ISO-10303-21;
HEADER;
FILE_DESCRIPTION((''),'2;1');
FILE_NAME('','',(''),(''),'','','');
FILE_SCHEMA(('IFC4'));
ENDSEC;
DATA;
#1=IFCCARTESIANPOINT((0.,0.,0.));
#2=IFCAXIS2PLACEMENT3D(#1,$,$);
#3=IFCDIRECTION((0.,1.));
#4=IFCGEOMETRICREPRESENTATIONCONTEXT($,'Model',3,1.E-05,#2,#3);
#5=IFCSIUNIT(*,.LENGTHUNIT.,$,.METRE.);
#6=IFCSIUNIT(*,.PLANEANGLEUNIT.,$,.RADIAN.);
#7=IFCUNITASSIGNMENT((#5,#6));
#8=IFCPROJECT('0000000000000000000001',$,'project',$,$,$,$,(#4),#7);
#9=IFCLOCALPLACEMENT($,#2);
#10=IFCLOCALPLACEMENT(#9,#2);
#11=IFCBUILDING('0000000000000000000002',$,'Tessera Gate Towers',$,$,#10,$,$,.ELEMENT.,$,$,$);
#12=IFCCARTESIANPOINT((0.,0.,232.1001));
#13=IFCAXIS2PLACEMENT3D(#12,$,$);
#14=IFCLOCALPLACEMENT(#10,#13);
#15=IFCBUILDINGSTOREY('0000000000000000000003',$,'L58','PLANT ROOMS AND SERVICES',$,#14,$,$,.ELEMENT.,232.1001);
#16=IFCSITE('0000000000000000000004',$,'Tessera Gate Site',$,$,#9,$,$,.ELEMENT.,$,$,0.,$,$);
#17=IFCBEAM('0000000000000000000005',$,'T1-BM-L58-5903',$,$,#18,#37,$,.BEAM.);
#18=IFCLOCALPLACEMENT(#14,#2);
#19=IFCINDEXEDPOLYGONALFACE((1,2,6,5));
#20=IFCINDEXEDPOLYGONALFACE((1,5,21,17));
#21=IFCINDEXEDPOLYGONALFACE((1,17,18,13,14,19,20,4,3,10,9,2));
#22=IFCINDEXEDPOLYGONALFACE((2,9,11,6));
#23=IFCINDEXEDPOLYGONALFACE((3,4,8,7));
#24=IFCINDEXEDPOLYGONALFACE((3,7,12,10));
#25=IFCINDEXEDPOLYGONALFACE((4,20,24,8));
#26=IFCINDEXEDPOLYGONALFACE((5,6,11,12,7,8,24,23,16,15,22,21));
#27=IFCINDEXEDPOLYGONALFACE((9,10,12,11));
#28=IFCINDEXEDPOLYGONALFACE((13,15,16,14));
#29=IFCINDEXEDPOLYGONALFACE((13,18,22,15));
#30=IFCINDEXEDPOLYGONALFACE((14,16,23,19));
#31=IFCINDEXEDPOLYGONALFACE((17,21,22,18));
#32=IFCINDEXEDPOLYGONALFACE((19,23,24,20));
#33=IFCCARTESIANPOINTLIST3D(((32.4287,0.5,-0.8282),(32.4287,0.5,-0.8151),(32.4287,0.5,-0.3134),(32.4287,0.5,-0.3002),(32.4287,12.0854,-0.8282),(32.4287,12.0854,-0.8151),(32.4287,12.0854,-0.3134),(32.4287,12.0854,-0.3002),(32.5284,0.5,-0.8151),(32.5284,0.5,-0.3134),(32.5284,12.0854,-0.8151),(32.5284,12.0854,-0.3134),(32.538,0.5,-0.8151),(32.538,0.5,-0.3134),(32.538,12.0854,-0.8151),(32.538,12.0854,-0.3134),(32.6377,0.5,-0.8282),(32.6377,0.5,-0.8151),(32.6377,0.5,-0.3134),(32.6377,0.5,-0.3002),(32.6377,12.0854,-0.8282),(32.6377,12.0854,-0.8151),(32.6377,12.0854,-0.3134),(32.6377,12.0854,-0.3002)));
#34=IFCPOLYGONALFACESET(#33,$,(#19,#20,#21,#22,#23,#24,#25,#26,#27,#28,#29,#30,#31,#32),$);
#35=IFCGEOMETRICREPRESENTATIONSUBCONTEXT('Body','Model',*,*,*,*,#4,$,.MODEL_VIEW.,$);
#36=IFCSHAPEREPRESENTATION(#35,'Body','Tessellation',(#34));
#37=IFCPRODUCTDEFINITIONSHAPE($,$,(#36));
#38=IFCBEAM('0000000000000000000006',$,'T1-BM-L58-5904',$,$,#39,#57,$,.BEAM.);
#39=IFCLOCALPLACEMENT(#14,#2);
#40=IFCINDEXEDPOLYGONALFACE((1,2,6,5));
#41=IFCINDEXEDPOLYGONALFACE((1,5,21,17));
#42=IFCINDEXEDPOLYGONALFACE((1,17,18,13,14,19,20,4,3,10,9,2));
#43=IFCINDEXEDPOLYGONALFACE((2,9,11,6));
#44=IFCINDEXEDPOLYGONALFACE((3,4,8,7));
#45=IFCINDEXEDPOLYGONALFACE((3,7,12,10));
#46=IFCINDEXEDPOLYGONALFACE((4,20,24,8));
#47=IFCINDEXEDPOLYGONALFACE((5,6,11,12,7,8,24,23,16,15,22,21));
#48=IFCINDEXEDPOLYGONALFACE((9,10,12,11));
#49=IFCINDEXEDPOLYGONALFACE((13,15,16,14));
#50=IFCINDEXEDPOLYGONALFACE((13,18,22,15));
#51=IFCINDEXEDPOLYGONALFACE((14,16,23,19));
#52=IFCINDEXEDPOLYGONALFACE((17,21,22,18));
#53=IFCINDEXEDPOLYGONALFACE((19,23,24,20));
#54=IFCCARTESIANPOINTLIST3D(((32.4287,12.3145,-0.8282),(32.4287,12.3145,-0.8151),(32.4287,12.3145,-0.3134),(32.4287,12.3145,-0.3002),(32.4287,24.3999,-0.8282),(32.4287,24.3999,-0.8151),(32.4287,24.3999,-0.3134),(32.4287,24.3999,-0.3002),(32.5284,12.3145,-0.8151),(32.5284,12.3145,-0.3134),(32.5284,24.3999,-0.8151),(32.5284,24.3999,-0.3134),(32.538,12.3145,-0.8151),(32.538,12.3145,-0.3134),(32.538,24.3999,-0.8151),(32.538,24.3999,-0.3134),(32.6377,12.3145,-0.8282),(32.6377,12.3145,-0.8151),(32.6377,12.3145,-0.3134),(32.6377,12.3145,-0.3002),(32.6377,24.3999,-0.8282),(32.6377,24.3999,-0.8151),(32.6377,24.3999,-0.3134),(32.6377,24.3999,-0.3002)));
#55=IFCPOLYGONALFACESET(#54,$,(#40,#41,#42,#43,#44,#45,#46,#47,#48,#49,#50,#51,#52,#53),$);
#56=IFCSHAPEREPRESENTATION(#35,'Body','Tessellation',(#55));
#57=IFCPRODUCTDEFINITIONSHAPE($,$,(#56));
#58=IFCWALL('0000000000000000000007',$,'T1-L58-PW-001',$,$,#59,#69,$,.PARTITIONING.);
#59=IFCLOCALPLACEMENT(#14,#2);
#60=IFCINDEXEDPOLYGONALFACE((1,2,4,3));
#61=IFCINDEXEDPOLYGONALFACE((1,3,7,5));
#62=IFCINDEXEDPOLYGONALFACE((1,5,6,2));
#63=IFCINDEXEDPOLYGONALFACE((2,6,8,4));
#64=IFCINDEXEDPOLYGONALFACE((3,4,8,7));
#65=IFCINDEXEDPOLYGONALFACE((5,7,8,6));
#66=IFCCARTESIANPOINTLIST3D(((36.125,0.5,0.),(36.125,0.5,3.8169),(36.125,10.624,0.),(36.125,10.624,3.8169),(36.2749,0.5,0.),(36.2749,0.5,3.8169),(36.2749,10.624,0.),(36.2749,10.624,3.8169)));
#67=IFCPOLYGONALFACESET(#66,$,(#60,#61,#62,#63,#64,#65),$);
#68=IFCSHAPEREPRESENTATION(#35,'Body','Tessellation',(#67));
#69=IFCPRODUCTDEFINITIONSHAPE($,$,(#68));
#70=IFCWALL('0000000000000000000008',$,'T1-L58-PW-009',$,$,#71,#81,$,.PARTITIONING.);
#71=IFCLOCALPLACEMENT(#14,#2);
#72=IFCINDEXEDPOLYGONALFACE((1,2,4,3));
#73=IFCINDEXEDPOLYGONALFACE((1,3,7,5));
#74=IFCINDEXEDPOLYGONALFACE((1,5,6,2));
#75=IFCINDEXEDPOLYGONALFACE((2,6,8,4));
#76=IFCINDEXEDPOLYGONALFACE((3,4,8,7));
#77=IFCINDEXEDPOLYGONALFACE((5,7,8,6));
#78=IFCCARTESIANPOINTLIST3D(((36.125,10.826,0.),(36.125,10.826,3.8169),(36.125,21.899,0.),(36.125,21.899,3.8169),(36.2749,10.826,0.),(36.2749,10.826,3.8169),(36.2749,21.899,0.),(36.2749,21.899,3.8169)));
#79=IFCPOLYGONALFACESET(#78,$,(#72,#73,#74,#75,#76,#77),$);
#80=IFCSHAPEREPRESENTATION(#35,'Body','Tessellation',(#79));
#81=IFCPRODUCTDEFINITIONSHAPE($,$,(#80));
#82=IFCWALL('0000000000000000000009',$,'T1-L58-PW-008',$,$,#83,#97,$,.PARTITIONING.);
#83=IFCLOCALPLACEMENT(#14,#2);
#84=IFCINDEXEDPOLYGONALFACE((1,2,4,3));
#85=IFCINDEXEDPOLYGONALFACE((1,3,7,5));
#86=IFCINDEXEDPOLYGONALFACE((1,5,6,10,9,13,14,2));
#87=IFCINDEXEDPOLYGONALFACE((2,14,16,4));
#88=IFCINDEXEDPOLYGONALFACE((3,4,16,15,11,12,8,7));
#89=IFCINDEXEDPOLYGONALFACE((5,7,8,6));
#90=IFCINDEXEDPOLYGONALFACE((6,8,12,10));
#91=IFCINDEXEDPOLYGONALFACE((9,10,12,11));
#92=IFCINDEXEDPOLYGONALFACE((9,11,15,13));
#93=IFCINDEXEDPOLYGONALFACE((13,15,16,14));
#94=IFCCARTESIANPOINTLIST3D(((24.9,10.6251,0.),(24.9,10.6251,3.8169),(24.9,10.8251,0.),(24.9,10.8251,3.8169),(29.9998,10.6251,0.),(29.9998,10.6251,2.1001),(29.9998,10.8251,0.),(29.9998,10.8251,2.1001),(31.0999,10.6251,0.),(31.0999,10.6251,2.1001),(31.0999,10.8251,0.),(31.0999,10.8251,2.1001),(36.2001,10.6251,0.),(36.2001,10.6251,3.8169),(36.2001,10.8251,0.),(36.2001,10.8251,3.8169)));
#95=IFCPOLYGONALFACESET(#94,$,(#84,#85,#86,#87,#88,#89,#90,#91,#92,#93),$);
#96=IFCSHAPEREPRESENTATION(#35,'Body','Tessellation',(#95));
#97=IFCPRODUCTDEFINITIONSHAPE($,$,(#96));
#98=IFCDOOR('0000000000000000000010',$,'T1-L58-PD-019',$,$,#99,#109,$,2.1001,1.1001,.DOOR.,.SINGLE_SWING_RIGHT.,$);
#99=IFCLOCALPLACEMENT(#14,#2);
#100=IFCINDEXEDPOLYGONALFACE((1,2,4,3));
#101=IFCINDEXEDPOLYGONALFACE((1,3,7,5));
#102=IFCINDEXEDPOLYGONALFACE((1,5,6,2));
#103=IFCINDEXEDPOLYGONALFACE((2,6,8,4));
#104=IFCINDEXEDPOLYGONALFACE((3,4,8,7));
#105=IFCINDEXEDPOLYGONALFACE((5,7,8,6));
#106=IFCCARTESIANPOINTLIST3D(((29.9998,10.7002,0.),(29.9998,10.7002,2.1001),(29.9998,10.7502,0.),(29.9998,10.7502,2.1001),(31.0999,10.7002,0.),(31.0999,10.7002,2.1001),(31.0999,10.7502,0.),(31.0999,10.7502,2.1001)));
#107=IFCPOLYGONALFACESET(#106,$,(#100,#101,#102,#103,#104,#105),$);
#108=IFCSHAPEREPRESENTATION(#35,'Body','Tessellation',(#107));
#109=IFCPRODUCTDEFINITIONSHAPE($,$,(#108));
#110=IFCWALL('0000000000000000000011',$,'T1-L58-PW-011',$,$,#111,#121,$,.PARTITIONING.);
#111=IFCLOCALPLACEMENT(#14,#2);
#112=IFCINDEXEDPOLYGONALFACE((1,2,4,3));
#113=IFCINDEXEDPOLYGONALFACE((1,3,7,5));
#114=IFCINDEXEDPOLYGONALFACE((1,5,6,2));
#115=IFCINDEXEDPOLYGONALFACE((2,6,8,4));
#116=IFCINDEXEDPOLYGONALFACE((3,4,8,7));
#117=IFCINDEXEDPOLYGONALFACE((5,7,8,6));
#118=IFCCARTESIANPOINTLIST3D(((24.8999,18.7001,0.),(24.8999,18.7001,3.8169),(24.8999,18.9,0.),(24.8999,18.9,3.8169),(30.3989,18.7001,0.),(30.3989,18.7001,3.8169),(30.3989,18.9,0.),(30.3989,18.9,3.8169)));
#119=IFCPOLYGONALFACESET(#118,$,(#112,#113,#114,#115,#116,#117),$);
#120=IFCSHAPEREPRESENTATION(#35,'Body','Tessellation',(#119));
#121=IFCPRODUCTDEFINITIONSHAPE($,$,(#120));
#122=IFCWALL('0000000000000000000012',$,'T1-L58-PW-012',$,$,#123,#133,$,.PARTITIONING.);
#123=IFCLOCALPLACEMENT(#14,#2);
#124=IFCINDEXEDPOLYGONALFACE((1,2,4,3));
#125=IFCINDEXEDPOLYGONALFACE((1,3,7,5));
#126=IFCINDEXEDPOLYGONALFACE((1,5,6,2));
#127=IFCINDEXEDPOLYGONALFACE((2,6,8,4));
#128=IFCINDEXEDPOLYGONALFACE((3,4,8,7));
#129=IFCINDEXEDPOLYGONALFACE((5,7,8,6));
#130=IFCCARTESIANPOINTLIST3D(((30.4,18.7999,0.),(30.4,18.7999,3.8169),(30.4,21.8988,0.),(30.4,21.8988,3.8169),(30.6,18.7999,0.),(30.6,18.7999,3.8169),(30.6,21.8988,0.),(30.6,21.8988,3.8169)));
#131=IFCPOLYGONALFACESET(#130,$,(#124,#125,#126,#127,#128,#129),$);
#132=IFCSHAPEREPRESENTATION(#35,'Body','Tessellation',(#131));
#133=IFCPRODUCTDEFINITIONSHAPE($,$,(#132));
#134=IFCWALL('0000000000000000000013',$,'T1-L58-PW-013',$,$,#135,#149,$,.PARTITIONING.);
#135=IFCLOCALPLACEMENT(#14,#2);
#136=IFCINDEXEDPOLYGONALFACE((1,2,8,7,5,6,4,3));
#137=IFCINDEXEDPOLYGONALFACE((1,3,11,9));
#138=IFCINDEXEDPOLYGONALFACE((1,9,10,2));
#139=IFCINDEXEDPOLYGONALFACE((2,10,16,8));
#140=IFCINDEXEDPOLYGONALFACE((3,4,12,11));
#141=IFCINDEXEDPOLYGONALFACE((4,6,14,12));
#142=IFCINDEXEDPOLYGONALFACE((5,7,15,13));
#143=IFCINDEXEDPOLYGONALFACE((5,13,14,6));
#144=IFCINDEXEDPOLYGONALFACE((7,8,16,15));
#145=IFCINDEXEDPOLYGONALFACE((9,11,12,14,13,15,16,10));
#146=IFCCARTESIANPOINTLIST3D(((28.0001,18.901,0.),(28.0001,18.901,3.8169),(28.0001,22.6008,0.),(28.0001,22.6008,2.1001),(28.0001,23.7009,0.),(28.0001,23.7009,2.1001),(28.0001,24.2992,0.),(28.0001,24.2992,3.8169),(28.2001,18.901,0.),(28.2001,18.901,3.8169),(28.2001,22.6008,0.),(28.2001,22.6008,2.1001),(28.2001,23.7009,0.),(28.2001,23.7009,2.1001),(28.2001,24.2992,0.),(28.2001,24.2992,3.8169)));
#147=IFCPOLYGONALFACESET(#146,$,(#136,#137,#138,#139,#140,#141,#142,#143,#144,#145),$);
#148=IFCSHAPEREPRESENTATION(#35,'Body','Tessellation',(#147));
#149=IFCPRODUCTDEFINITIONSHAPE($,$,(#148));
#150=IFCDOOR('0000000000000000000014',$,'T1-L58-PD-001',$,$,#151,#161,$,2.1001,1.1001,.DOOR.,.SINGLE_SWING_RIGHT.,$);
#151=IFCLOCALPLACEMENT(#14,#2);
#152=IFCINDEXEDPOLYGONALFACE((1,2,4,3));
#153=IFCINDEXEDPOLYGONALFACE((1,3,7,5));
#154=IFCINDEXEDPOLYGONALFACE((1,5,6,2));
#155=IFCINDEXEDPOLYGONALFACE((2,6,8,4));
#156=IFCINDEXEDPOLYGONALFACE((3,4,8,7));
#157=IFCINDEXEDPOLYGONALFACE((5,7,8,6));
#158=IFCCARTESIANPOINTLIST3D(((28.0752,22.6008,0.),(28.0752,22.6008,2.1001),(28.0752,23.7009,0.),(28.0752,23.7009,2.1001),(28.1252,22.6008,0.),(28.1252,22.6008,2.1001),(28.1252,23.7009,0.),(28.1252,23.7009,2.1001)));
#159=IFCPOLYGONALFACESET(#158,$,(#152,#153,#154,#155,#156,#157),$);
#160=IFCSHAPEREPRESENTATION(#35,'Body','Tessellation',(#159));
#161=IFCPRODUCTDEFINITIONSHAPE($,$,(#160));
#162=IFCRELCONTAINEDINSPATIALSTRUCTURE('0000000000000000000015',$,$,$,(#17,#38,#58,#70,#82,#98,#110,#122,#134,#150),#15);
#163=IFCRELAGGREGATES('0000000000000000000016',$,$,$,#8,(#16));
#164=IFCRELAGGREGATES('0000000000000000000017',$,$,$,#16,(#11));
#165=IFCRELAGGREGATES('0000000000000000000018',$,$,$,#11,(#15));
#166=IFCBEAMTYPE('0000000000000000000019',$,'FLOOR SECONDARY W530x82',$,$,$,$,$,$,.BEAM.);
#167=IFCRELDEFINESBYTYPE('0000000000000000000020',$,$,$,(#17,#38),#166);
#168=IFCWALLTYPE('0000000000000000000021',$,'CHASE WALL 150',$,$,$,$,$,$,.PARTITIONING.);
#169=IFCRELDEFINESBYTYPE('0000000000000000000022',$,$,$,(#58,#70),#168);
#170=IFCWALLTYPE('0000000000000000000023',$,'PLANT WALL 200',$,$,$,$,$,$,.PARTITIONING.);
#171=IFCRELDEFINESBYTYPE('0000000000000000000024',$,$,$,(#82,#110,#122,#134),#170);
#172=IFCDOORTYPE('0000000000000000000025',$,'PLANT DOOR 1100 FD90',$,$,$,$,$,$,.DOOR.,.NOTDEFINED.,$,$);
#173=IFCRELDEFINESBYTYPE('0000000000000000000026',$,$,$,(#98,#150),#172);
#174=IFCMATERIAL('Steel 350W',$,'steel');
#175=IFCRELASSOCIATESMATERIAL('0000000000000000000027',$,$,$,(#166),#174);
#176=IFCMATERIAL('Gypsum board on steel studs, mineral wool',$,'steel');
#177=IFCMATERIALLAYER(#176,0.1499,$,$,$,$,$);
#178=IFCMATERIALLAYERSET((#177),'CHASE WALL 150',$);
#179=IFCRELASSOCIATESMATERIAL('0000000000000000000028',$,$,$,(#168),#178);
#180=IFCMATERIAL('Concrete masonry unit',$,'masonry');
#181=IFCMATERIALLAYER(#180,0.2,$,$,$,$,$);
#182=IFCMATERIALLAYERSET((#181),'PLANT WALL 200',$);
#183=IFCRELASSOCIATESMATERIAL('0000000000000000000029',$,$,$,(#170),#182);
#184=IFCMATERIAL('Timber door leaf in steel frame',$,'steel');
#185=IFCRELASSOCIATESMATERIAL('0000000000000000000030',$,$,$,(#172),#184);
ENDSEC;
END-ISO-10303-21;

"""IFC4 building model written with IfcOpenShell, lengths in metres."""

from ifc_helpers import new_model, si_unit, direction, frame, frame_2d, origin, origin_2d, place, context, subcontext, project, spatial, rectangle, i_section, extrude, source, transform, mapped, material, layer, layer_set, material_profile, profile_set, type_object, element, fill, save


model = new_model("IFC4")

# Units and contexts
model_context = context("Model", 3, precision=1e-05, world=origin(), true_north=direction((0.0, 1.0)))
body_context = subcontext(model_context, "Body", "Model", "MODEL_VIEW")
ifc_project = project(units=[si_unit("LENGTHUNIT", "METRE"), si_unit("PLANEANGLEUNIT", "RADIAN")], contexts=[model_context])

# Site, building, storey
site_placement = place(None, origin())
site = spatial("IfcSite", under=ifc_project, at=site_placement, Name="Tessera Gate Site", CompositionType="ELEMENT", RefElevation=0.0)
building_placement = place(site_placement, origin())
building = spatial("IfcBuilding", under=site, at=building_placement, Name="Tessera Gate Towers", CompositionType="ELEMENT")
storey_placement = place(building_placement, frame((0.0, 0.0, 232.1001)))
storey = spatial("IfcBuildingStorey", under=building, at=storey_placement, Name="L58", Description="PLANT ROOMS AND SERVICES", CompositionType="ELEMENT", Elevation=232.1001)

# Beams
ifc_material_1 = material(Name="Steel 350W", Category="steel")
ifc_material_profile_1 = material_profile(ifc_material_1, i_section(OverallWidth=0.209, OverallDepth=0.5281, WebThickness=0.0095, FlangeThickness=0.0132, at=origin_2d()), Name="W530x82")
ifc_profile_set_1 = profile_set([ifc_material_profile_1], Name="Steel 350W")
beam_type_1 = type_object("IfcBeamType", Name="FLOOR SECONDARY W530x82", PredefinedType="BEAM", material=ifc_profile_set_1)
beam_1_placement = place(storey_placement, frame((32.5332, 0.5, -0.5642), z_axis=(0.0, 1.0, 0.0), x_axis=(-1.0, 0.0, 0.0)))
element("IfcBeam", 1, at=beam_1_placement, inside=storey, type_object=beam_type_1, Name="T1-BM-L58-5903", PredefinedType="BEAM", context=body_context, shape_type="SweptSolid", body=[
    extrude(i_section(OverallWidth=0.209, OverallDepth=0.5281, WebThickness=0.0095, FlangeThickness=0.0132, at=origin_2d()), origin(), (0.0, 0.0, 1.0), 11.5854),
])
beam_2_placement = place(storey_placement, frame((32.5332, 12.3145, -0.5642), z_axis=(0.0, 1.0, 0.0), x_axis=(-1.0, 0.0, 0.0)))
element("IfcBeam", 2, at=beam_2_placement, inside=storey, type_object=beam_type_1, Name="T1-BM-L58-5904", PredefinedType="BEAM", context=body_context, shape_type="SweptSolid", body=[
    extrude(i_section(OverallWidth=0.209, OverallDepth=0.5281, WebThickness=0.0095, FlangeThickness=0.0132, at=origin_2d()), origin(), (0.0, 0.0, 1.0), 12.0854),
])

# Walls
ifc_material_2 = material(Name="Gypsum board on steel studs, mineral wool", Category="steel")
ifc_layer_1 = layer(ifc_material_2, 0.1499)
ifc_layer_set_1 = layer_set([ifc_layer_1], Name="CHASE WALL 150")
wall_type_1 = type_object("IfcWallType", Name="CHASE WALL 150", PredefinedType="PARTITIONING", material=ifc_layer_set_1)
wall_1_placement = place(storey_placement, frame((36.2, 0.5, 0.0), z_axis=(0.0, 0.0, 1.0), x_axis=(0.0, 1.0, 0.0)))
element("IfcWall", 3, at=wall_1_placement, inside=storey, type_object=wall_type_1, Name="T1-L58-PW-001", PredefinedType="PARTITIONING", context=body_context, shape_type="SweptSolid", body=[
    extrude(rectangle(XDim=10.124, YDim=0.1499, at=frame_2d((5.062, 0.0))), origin(), (0.0, 0.0, 1.0), 3.8169),
])
wall_2_placement = place(storey_placement, frame((36.2, 10.8259, 0.0), z_axis=(0.0, 0.0, 1.0), x_axis=(0.0, 1.0, 0.0)))
element("IfcWall", 4, at=wall_2_placement, inside=storey, type_object=wall_type_1, Name="T1-L58-PW-009", PredefinedType="PARTITIONING", context=body_context, shape_type="SweptSolid", body=[
    extrude(rectangle(XDim=11.073, YDim=0.1499, at=frame_2d((5.5366, 0.0))), origin(), (0.0, 0.0, 1.0), 3.8169),
])

# Wall, opening, door
ifc_material_3 = material(Name="Concrete masonry unit", Category="masonry")
ifc_layer_2 = layer(ifc_material_3, 0.2)
ifc_layer_set_2 = layer_set([ifc_layer_2], Name="PLANT WALL 200")
wall_type_2 = type_object("IfcWallType", Name="PLANT WALL 200", PredefinedType="PARTITIONING", material=ifc_layer_set_2)
wall_3_placement = place(storey_placement, frame((36.2, 10.7251, 0.0), z_axis=(0.0, 0.0, 1.0), x_axis=(-1.0, 0.0, 0.0)))
wall_3 = element("IfcWall", 5, at=wall_3_placement, inside=storey, type_object=wall_type_2, Name="T1-L58-PW-008", PredefinedType="PARTITIONING", context=body_context, shape_type="SweptSolid", body=[
    extrude(rectangle(XDim=11.3, YDim=0.2, at=frame_2d((5.6499, 0.0))), origin(), (0.0, 0.0, 1.0), 3.8169),
])
shared_shape_1 = source(origin(), body_context, "Body", "SweptSolid", [
    extrude(rectangle(XDim=1.1001, YDim=2.1001, at=frame_2d((0.55, 1.05))), frame((0.0, 0.1099, 0.0), z_axis=(0.0, -1.0, 0.0), x_axis=(1.0, 0.0, 0.0)), (0.0, 0.0, 1.0), 0.22),
])
opening_1_placement = place(wall_3_placement, frame((5.1001, 0.0, 0.0)))
opening_1 = element("IfcOpeningElement", 6, at=opening_1_placement, cuts=wall_3, PredefinedType="OPENING", context=body_context, shape_type="MappedRepresentation", body=[
    mapped(shared_shape_1, transform((0.0, 0.0, 0.0), scale=1.0)),
])
ifc_material_4 = material(Name="Timber door leaf in steel frame", Category="steel")
door_type = type_object("IfcDoorType", Name="PLANT DOOR 1100 FD90", OperationType="NOTDEFINED", PredefinedType="DOOR", material=ifc_material_4)
shared_shape_2 = source(origin(), body_context, "Body", "SweptSolid", [
    extrude(rectangle(XDim=1.1001, YDim=2.1001, at=frame_2d((0.55, 1.05))), frame((0.0, 0.0249, 0.0), z_axis=(0.0, -1.0, 0.0), x_axis=(1.0, 0.0, 0.0)), (0.0, 0.0, 1.0), 0.05),
])
door_1_placement = place(opening_1_placement, origin())
door_1 = element("IfcDoor", 7, at=door_1_placement, inside=storey, type_object=door_type, Name="T1-L58-PD-019", OperationType="SINGLE_SWING_RIGHT", OverallHeight=2.1001, OverallWidth=1.1001, PredefinedType="DOOR", context=body_context, shape_type="MappedRepresentation", body=[
    mapped(shared_shape_2, transform((0.0, 0.0, 0.0), scale=1.0)),
])
fill(opening_1, door_1)

# Walls
wall_4_placement = place(storey_placement, frame((24.8999, 18.8, 0.0), z_axis=(0.0, 0.0, 1.0), x_axis=(1.0, 0.0, 0.0)))
element("IfcWall", 8, at=wall_4_placement, inside=storey, type_object=wall_type_2, Name="T1-L58-PW-011", PredefinedType="PARTITIONING", context=body_context, shape_type="SweptSolid", body=[
    extrude(rectangle(XDim=5.499, YDim=0.2, at=frame_2d((2.7495, 0.0))), origin(), (0.0, 0.0, 1.0), 3.8169),
])
wall_5_placement = place(storey_placement, frame((30.5, 18.8, 0.0), z_axis=(0.0, 0.0, 1.0), x_axis=(0.0, 1.0, 0.0)))
element("IfcWall", 9, at=wall_5_placement, inside=storey, type_object=wall_type_2, Name="T1-L58-PW-012", PredefinedType="PARTITIONING", context=body_context, shape_type="SweptSolid", body=[
    extrude(rectangle(XDim=3.0989, YDim=0.2, at=frame_2d((1.5493, 0.0))), origin(), (0.0, 0.0, 1.0), 3.8169),
])

# Wall, opening, door
wall_6_placement = place(storey_placement, frame((28.1001, 18.9009, 0.0), z_axis=(0.0, 0.0, 1.0), x_axis=(0.0, 1.0, 0.0)))
wall_6 = element("IfcWall", 10, at=wall_6_placement, inside=storey, type_object=wall_type_2, Name="T1-L58-PW-013", PredefinedType="PARTITIONING", context=body_context, shape_type="SweptSolid", body=[
    extrude(rectangle(XDim=5.3982, YDim=0.2, at=frame_2d((2.6992, 0.0))), origin(), (0.0, 0.0, 1.0), 3.8169),
])
opening_2_placement = place(wall_6_placement, frame((3.7, 0.0, 0.0)))
opening_2 = element("IfcOpeningElement", 11, at=opening_2_placement, cuts=wall_6, PredefinedType="OPENING", context=body_context, shape_type="MappedRepresentation", body=[
    mapped(shared_shape_1, transform((0.0, 0.0, 0.0), scale=1.0)),
])
door_2_placement = place(opening_2_placement, origin())
door_2 = element("IfcDoor", 12, at=door_2_placement, inside=storey, type_object=door_type, Name="T1-L58-PD-001", OperationType="SINGLE_SWING_RIGHT", OverallHeight=2.1001, OverallWidth=1.1001, PredefinedType="DOOR", context=body_context, shape_type="MappedRepresentation", body=[
    mapped(shared_shape_2, transform((0.0, 0.0, 0.0), scale=1.0)),
])
fill(opening_2, door_2)

save(model, "model.ifc")
